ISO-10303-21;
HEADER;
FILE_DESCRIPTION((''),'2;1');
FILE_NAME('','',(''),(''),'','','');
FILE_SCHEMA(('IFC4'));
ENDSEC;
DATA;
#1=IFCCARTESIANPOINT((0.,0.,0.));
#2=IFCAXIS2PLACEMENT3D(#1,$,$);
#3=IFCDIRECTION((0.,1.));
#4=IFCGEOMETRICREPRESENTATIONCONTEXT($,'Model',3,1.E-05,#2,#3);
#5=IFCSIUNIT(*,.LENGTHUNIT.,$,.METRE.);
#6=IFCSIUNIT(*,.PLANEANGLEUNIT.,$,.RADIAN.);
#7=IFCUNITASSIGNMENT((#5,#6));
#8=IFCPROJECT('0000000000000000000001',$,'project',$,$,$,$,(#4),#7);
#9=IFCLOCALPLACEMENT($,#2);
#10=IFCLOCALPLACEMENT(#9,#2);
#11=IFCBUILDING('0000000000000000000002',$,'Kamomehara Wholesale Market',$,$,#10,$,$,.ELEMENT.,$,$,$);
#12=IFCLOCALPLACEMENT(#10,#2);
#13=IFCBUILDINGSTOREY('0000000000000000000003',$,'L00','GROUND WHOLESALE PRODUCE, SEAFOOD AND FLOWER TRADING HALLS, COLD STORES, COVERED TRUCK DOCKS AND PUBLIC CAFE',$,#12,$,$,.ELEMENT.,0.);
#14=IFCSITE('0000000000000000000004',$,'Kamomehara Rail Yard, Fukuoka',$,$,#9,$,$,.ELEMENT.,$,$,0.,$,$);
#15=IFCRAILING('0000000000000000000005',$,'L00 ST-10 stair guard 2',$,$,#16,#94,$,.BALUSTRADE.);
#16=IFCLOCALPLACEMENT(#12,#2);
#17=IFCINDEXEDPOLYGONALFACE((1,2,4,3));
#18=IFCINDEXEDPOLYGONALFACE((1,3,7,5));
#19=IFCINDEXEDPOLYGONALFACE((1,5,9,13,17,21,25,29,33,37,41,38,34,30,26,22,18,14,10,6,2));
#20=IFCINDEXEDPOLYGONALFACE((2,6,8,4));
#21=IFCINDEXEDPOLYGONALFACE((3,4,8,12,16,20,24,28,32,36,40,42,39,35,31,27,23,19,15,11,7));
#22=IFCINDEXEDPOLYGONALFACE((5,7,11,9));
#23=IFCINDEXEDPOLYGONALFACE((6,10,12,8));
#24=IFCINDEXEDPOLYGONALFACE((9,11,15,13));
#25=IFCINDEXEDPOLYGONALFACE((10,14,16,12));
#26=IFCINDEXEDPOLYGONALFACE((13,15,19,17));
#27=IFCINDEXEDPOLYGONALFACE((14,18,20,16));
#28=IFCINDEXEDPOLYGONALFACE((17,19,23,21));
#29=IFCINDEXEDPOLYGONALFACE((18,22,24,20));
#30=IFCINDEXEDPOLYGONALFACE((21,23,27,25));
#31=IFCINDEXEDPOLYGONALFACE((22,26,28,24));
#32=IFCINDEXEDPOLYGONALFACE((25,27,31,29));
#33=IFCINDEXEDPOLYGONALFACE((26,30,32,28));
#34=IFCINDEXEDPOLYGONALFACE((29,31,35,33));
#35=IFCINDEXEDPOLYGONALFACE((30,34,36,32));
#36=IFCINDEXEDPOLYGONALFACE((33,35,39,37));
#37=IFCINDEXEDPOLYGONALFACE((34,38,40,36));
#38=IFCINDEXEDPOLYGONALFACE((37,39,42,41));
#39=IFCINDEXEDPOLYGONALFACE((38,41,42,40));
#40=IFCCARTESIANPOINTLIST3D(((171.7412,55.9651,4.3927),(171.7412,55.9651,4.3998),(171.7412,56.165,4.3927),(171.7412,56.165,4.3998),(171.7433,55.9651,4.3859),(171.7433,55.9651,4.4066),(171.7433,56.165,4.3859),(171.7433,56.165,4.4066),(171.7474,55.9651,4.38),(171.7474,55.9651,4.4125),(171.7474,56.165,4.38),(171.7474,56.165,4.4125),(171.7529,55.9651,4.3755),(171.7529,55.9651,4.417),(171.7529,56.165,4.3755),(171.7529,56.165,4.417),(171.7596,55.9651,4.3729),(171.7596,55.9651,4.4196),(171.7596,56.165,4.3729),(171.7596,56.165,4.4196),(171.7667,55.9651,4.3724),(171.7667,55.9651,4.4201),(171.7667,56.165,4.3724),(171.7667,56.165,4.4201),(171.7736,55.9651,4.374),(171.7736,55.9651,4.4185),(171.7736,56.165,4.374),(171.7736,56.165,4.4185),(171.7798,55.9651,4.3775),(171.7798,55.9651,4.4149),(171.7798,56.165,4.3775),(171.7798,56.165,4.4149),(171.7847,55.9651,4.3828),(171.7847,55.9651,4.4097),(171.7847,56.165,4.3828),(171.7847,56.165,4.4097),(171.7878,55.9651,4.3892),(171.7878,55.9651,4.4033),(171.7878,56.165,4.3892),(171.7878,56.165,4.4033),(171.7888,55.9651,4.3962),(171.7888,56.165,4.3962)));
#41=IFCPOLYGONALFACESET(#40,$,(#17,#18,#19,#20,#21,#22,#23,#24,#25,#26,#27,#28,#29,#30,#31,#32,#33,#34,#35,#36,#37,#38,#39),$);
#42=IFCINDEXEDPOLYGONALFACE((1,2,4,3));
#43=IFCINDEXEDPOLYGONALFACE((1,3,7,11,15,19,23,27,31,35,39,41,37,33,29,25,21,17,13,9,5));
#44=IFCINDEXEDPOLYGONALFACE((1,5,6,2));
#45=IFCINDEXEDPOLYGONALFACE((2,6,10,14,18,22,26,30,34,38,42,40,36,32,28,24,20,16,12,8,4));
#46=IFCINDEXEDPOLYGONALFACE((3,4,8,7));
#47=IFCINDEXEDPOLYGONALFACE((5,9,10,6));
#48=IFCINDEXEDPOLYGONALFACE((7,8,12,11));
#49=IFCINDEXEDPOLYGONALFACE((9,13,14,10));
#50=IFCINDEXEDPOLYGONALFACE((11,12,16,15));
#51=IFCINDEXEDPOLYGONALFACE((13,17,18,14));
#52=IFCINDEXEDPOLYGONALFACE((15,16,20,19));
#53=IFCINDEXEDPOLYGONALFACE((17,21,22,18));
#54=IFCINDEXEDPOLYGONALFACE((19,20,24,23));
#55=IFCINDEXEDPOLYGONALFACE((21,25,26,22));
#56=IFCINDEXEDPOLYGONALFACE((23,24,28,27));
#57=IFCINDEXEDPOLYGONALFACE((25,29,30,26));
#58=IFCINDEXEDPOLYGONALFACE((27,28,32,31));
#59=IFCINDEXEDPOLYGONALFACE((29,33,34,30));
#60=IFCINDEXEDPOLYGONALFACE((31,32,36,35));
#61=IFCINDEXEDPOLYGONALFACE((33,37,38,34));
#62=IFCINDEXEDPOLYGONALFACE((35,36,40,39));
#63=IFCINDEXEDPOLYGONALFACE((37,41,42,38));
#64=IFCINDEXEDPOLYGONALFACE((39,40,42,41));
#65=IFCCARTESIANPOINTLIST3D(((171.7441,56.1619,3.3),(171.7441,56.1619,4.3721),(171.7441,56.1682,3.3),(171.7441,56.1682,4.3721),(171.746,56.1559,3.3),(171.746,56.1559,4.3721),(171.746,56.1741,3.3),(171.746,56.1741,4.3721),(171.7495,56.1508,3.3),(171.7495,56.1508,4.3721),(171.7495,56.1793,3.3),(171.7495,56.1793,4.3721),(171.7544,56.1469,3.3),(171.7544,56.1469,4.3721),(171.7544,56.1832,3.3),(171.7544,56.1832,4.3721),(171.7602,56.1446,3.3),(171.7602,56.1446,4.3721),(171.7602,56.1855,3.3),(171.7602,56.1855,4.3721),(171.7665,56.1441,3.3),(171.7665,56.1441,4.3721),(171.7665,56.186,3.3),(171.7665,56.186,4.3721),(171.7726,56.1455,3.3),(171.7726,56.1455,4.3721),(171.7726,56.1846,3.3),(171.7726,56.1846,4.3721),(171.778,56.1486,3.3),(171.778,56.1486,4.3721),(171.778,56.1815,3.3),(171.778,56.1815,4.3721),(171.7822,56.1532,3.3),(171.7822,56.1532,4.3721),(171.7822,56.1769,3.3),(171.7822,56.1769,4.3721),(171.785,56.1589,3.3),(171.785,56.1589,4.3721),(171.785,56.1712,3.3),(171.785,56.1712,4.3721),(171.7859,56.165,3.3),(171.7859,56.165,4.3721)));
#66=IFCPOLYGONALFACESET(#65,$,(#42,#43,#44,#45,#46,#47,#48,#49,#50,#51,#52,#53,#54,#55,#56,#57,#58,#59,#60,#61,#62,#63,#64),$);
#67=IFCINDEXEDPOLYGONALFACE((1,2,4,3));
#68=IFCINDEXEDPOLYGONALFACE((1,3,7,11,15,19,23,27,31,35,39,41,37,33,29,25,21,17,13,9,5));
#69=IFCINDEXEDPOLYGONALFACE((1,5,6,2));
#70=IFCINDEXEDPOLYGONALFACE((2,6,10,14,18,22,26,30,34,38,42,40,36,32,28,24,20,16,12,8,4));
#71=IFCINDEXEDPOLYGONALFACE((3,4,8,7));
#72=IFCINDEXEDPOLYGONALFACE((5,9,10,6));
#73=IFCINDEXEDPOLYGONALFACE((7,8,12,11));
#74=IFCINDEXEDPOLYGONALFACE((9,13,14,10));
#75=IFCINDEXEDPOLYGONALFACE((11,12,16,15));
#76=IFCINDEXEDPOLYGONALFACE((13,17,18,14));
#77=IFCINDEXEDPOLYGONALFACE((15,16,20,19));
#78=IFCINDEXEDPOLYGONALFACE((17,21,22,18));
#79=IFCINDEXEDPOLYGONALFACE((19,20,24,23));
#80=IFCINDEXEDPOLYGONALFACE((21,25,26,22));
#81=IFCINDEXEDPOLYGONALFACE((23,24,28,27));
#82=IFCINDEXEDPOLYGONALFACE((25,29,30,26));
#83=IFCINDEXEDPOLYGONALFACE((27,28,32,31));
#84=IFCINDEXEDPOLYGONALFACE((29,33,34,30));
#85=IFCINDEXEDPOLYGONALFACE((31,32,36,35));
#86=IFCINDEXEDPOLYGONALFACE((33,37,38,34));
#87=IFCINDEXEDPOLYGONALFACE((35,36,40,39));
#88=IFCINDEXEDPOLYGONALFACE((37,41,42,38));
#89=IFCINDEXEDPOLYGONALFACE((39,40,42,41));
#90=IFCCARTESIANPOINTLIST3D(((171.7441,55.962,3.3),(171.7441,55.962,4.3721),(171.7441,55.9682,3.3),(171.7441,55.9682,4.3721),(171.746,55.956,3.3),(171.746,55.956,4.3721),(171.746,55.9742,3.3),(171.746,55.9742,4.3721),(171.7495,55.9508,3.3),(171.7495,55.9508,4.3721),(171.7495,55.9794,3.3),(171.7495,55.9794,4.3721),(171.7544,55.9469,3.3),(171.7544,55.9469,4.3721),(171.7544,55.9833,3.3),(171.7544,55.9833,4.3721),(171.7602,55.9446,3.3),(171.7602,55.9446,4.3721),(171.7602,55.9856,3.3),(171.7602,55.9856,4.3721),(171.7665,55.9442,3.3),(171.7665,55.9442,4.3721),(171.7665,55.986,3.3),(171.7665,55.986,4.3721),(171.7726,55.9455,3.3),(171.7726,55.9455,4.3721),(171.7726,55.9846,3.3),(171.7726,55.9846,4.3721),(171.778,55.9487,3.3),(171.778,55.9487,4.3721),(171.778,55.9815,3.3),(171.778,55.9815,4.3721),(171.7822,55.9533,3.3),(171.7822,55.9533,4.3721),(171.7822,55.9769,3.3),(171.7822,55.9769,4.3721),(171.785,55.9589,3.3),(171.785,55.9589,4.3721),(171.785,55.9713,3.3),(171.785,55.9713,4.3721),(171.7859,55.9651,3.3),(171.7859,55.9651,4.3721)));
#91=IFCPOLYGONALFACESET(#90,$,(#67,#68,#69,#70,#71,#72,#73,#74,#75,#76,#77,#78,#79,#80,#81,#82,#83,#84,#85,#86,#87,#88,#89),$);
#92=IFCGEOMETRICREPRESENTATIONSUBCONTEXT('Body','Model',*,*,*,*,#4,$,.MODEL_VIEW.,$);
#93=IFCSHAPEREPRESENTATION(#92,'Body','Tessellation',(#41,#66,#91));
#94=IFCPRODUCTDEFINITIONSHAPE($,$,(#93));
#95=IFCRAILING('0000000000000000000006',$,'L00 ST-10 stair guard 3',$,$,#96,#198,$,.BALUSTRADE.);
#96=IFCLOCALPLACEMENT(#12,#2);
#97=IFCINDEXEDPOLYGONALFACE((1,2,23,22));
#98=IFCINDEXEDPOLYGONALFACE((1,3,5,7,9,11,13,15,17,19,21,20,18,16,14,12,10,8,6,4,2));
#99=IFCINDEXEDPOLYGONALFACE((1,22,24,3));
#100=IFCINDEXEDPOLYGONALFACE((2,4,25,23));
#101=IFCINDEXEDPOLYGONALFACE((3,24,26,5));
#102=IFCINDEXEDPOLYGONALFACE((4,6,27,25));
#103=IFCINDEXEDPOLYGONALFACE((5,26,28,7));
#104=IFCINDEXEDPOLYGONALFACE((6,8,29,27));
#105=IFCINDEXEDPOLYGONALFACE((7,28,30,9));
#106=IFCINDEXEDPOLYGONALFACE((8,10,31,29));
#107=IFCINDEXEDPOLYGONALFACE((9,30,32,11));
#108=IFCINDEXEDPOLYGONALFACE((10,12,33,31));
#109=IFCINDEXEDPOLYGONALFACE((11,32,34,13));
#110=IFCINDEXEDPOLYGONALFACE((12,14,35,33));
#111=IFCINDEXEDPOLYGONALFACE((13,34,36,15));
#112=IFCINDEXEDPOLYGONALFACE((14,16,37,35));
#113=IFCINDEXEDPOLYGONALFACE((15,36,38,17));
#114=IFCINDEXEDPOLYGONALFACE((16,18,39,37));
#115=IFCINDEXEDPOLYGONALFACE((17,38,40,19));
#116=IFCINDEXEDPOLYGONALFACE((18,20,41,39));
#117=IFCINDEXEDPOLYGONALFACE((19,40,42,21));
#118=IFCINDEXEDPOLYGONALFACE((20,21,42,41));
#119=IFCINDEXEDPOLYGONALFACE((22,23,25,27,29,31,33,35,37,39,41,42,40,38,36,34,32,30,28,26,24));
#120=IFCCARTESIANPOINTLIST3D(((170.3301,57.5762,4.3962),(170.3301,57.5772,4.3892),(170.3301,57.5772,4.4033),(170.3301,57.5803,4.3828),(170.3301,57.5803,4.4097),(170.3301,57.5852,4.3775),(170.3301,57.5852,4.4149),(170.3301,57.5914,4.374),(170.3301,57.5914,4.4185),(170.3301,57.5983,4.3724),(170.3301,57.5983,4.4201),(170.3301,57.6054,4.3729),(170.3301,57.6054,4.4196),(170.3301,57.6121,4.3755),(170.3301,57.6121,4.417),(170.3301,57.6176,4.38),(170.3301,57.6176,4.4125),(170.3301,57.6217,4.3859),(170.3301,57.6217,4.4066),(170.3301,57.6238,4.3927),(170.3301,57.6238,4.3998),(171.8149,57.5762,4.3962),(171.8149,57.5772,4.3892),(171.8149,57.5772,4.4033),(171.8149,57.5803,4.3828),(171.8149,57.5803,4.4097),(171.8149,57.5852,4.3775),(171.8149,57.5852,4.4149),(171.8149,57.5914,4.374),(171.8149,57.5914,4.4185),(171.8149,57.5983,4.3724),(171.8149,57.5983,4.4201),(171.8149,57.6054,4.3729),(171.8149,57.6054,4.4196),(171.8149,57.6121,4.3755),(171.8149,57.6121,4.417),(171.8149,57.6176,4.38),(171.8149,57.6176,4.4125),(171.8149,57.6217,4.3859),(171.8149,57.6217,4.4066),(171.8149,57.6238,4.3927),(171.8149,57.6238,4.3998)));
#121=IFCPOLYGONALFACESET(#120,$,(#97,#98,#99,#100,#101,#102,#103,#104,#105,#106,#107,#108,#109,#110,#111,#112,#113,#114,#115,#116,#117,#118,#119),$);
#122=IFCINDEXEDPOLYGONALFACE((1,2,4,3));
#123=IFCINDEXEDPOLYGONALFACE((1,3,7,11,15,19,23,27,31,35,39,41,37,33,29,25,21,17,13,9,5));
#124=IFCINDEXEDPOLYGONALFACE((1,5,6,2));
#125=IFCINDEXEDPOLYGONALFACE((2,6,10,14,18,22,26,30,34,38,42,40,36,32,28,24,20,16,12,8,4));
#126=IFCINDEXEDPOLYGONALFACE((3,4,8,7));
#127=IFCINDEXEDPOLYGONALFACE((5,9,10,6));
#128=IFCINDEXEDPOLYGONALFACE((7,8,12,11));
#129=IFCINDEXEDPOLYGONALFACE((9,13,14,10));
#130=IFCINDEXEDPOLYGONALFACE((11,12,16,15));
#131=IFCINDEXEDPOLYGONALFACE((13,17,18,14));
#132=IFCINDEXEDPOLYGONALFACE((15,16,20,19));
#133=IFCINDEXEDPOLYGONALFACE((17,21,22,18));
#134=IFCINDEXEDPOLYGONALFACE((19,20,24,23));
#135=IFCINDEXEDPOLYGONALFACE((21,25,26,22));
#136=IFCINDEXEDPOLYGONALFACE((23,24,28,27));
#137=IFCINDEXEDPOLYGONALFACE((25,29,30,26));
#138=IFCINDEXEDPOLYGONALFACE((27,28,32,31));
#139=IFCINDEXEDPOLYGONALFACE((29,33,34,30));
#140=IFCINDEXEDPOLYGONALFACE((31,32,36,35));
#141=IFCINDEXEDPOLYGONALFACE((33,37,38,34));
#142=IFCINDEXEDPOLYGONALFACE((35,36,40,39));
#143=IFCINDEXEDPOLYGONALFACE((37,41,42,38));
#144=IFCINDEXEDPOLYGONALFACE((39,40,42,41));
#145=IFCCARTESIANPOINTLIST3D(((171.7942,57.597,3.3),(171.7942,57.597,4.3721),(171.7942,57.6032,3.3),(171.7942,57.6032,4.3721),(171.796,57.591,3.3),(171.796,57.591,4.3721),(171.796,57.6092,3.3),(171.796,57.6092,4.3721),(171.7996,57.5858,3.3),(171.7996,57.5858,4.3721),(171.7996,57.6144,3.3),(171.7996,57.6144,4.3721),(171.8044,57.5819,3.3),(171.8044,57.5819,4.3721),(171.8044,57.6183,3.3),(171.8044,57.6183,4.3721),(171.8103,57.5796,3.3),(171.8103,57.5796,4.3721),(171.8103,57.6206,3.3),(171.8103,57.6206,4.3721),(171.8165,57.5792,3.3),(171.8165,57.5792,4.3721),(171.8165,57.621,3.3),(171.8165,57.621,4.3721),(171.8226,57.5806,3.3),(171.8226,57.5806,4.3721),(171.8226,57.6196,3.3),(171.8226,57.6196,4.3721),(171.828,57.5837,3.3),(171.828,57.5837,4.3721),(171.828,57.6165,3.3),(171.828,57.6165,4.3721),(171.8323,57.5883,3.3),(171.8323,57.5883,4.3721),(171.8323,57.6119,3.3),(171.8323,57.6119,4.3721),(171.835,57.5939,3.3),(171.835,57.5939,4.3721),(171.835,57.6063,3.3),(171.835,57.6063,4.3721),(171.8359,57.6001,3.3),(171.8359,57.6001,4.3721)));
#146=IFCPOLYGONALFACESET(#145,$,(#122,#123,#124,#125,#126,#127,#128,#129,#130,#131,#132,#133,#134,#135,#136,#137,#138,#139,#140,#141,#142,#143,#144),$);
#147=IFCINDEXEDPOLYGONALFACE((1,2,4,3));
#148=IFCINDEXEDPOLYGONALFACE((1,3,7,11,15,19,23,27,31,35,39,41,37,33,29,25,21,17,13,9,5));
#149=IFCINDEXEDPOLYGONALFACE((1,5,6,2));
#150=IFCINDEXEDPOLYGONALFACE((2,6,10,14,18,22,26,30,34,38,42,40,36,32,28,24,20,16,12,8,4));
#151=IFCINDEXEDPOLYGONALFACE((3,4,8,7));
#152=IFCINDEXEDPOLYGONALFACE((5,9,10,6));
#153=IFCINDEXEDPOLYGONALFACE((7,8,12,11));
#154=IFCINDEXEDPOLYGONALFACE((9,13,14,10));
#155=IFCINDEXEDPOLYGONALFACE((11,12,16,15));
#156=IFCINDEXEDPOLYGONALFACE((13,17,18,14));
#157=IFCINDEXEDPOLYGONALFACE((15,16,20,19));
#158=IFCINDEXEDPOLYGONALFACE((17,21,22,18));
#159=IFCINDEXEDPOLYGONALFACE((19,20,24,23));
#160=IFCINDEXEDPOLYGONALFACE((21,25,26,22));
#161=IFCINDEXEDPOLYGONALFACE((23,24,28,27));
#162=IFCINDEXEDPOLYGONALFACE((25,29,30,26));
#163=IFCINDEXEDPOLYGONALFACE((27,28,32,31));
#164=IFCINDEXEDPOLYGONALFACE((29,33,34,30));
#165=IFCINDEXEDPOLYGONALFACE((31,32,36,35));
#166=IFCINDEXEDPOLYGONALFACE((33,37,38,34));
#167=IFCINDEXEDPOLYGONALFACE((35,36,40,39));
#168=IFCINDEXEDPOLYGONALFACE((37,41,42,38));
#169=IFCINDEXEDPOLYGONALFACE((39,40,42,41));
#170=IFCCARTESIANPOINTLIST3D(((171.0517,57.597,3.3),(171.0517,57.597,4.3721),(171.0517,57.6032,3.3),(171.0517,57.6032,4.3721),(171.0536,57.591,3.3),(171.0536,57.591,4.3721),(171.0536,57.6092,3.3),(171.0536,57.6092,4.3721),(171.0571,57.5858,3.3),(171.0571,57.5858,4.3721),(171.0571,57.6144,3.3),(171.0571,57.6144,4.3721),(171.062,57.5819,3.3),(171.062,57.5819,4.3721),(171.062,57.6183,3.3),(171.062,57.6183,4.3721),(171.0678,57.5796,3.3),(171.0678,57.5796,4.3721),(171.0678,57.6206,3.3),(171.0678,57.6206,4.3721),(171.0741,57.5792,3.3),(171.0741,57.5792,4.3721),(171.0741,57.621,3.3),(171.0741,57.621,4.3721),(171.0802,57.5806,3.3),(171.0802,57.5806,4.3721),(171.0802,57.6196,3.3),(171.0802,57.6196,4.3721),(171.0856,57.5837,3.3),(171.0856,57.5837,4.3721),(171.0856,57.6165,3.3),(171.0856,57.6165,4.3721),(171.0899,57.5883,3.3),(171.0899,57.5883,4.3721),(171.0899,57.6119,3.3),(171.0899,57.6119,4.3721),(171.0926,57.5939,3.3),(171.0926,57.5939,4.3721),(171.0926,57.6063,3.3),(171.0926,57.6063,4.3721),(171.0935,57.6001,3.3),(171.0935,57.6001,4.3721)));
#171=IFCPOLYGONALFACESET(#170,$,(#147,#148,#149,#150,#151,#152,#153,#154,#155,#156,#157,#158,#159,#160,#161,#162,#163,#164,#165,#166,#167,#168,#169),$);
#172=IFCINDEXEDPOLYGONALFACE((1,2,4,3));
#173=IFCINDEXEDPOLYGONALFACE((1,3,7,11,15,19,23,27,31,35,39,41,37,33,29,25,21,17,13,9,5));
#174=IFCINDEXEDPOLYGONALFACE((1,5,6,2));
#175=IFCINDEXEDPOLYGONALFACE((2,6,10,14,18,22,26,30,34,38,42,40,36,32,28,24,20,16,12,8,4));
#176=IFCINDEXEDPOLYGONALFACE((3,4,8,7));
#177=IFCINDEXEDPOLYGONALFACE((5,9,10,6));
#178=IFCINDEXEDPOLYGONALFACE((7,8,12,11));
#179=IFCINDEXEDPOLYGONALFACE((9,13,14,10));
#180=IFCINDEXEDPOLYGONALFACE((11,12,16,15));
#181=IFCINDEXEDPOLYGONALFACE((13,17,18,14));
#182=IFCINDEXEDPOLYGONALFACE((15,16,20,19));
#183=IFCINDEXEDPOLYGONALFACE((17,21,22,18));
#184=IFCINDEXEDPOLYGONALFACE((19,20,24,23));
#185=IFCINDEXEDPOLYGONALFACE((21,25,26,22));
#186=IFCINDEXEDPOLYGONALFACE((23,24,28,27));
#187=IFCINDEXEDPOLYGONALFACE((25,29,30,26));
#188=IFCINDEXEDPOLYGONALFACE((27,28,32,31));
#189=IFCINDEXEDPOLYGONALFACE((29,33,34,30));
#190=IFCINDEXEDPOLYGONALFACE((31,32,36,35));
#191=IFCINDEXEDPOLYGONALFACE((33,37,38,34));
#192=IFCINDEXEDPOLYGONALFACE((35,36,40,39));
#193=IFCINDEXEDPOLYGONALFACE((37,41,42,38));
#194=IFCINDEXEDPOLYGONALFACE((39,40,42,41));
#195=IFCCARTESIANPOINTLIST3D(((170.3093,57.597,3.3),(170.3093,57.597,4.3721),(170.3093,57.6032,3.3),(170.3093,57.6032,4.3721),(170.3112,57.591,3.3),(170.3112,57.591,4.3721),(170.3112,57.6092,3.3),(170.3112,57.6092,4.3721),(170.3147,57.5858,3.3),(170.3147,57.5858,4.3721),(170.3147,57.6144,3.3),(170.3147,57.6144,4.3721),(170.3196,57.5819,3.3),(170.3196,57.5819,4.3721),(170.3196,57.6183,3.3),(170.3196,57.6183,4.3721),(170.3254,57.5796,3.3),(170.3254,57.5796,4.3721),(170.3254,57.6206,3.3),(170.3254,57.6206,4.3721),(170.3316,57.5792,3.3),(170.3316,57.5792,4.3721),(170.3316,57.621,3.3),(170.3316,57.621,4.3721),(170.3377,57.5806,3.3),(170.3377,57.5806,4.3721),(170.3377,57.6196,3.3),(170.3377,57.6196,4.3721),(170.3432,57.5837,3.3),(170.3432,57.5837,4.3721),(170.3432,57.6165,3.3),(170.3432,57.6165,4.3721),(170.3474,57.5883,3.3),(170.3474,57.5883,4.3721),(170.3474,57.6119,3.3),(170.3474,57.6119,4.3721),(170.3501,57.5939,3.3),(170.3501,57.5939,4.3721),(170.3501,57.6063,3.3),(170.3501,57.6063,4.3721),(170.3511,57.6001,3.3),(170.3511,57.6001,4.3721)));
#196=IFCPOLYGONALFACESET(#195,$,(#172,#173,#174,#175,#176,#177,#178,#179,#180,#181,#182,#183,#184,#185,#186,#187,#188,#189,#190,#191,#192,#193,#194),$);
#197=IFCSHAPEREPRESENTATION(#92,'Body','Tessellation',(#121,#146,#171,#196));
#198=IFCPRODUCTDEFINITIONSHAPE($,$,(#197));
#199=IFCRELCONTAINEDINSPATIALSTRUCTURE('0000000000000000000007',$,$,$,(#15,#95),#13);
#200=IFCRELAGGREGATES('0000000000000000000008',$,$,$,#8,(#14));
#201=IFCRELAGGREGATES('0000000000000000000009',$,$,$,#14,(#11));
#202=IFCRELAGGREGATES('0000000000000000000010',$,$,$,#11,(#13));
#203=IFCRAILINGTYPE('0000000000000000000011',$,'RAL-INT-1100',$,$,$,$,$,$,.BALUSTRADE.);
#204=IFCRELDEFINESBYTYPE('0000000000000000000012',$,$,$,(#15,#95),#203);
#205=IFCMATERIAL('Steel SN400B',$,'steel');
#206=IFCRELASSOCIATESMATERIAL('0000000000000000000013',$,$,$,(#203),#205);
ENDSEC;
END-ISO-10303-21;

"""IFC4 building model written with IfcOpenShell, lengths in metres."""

from ifc_helpers import new_model, si_unit, direction, frame, origin, origin_2d, place, context, subcontext, project, spatial, circle, extrude, material, type_object, element, save


model = new_model("IFC4")

# Units and contexts
model_context = context("Model", 3, precision=1e-05, world=origin(), true_north=direction((0.0, 1.0)))
body_context = subcontext(model_context, "Body", "Model", "MODEL_VIEW")
ifc_project = project(units=[si_unit("LENGTHUNIT", "METRE"), si_unit("PLANEANGLEUNIT", "RADIAN")], contexts=[model_context])

# Site, building, storey
site_placement = place(None, origin())
site = spatial("IfcSite", under=ifc_project, at=site_placement, Name="Kamomehara Rail Yard, Fukuoka", CompositionType="ELEMENT", RefElevation=0.0)
building_placement = place(site_placement, origin())
building = spatial("IfcBuilding", under=site, at=building_placement, Name="Kamomehara Wholesale Market", CompositionType="ELEMENT")
storey_placement = place(building_placement, origin())
storey = spatial("IfcBuildingStorey", under=building, at=storey_placement, Name="L00", Description="GROUND WHOLESALE PRODUCE, SEAFOOD AND FLOWER TRADING HALLS, COLD STORES, COVERED TRUCK DOCKS AND PUBLIC CAFE", CompositionType="ELEMENT", Elevation=0.0)

# Railings
ifc_material_1 = material(Name="Steel SN400B", Category="steel")
railing_type_1 = type_object("IfcRailingType", Name="RAL-INT-1100", PredefinedType="BALUSTRADE", material=ifc_material_1)
railing_1_placement = place(storey_placement, frame((171.7649, 56.165, 3.3)))
element("IfcRailing", 1, at=railing_1_placement, inside=storey, type_object=railing_type_1, Name="L00 ST-10 stair guard 2", PredefinedType="BALUSTRADE", context=body_context, shape_type="SweptSolid", body=[
    extrude(circle(Radius=0.0239, at=origin_2d()), frame((0.0, 0.0, 1.0962), z_axis=(0.0, -1.0, 0.0), x_axis=(1.0, 0.0, 0.0)), (0.0, 0.0, 1.0), 0.2),
    extrude(circle(Radius=0.021, at=origin_2d()), origin(), (0.0, 0.0, 1.0), 1.072),
    extrude(circle(Radius=0.021, at=origin_2d()), frame((0.0, -0.2, 0.0)), (0.0, 0.0, 1.0), 1.072),
])
for number, where, name in (
    (2, (171.8149, 57.6001, 3.3), "L00 ST-10 stair guard 3"),
):
    element("IfcRailing", number, at=place(storey_placement, frame(where)), inside=storey, type_object=railing_type_1, Name=name, PredefinedType="BALUSTRADE", context=body_context, shape_type="SweptSolid", body=[
        extrude(circle(Radius=0.0239, at=origin_2d()), frame((0.0, 0.0, 1.0962), z_axis=(-1.0, 0.0, 0.0), x_axis=(0.0, -1.0, 0.0)), (0.0, 0.0, 1.0), 1.4849),
        extrude(circle(Radius=0.021, at=origin_2d()), origin(), (0.0, 0.0, 1.0), 1.072),
        extrude(circle(Radius=0.021, at=origin_2d()), frame((-0.7424, 0.0, 0.0)), (0.0, 0.0, 1.0), 1.072),
        extrude(circle(Radius=0.021, at=origin_2d()), frame((-1.4849, 0.0, 0.0)), (0.0, 0.0, 1.0), 1.072),
    ])

save(model, "model.ifc")
